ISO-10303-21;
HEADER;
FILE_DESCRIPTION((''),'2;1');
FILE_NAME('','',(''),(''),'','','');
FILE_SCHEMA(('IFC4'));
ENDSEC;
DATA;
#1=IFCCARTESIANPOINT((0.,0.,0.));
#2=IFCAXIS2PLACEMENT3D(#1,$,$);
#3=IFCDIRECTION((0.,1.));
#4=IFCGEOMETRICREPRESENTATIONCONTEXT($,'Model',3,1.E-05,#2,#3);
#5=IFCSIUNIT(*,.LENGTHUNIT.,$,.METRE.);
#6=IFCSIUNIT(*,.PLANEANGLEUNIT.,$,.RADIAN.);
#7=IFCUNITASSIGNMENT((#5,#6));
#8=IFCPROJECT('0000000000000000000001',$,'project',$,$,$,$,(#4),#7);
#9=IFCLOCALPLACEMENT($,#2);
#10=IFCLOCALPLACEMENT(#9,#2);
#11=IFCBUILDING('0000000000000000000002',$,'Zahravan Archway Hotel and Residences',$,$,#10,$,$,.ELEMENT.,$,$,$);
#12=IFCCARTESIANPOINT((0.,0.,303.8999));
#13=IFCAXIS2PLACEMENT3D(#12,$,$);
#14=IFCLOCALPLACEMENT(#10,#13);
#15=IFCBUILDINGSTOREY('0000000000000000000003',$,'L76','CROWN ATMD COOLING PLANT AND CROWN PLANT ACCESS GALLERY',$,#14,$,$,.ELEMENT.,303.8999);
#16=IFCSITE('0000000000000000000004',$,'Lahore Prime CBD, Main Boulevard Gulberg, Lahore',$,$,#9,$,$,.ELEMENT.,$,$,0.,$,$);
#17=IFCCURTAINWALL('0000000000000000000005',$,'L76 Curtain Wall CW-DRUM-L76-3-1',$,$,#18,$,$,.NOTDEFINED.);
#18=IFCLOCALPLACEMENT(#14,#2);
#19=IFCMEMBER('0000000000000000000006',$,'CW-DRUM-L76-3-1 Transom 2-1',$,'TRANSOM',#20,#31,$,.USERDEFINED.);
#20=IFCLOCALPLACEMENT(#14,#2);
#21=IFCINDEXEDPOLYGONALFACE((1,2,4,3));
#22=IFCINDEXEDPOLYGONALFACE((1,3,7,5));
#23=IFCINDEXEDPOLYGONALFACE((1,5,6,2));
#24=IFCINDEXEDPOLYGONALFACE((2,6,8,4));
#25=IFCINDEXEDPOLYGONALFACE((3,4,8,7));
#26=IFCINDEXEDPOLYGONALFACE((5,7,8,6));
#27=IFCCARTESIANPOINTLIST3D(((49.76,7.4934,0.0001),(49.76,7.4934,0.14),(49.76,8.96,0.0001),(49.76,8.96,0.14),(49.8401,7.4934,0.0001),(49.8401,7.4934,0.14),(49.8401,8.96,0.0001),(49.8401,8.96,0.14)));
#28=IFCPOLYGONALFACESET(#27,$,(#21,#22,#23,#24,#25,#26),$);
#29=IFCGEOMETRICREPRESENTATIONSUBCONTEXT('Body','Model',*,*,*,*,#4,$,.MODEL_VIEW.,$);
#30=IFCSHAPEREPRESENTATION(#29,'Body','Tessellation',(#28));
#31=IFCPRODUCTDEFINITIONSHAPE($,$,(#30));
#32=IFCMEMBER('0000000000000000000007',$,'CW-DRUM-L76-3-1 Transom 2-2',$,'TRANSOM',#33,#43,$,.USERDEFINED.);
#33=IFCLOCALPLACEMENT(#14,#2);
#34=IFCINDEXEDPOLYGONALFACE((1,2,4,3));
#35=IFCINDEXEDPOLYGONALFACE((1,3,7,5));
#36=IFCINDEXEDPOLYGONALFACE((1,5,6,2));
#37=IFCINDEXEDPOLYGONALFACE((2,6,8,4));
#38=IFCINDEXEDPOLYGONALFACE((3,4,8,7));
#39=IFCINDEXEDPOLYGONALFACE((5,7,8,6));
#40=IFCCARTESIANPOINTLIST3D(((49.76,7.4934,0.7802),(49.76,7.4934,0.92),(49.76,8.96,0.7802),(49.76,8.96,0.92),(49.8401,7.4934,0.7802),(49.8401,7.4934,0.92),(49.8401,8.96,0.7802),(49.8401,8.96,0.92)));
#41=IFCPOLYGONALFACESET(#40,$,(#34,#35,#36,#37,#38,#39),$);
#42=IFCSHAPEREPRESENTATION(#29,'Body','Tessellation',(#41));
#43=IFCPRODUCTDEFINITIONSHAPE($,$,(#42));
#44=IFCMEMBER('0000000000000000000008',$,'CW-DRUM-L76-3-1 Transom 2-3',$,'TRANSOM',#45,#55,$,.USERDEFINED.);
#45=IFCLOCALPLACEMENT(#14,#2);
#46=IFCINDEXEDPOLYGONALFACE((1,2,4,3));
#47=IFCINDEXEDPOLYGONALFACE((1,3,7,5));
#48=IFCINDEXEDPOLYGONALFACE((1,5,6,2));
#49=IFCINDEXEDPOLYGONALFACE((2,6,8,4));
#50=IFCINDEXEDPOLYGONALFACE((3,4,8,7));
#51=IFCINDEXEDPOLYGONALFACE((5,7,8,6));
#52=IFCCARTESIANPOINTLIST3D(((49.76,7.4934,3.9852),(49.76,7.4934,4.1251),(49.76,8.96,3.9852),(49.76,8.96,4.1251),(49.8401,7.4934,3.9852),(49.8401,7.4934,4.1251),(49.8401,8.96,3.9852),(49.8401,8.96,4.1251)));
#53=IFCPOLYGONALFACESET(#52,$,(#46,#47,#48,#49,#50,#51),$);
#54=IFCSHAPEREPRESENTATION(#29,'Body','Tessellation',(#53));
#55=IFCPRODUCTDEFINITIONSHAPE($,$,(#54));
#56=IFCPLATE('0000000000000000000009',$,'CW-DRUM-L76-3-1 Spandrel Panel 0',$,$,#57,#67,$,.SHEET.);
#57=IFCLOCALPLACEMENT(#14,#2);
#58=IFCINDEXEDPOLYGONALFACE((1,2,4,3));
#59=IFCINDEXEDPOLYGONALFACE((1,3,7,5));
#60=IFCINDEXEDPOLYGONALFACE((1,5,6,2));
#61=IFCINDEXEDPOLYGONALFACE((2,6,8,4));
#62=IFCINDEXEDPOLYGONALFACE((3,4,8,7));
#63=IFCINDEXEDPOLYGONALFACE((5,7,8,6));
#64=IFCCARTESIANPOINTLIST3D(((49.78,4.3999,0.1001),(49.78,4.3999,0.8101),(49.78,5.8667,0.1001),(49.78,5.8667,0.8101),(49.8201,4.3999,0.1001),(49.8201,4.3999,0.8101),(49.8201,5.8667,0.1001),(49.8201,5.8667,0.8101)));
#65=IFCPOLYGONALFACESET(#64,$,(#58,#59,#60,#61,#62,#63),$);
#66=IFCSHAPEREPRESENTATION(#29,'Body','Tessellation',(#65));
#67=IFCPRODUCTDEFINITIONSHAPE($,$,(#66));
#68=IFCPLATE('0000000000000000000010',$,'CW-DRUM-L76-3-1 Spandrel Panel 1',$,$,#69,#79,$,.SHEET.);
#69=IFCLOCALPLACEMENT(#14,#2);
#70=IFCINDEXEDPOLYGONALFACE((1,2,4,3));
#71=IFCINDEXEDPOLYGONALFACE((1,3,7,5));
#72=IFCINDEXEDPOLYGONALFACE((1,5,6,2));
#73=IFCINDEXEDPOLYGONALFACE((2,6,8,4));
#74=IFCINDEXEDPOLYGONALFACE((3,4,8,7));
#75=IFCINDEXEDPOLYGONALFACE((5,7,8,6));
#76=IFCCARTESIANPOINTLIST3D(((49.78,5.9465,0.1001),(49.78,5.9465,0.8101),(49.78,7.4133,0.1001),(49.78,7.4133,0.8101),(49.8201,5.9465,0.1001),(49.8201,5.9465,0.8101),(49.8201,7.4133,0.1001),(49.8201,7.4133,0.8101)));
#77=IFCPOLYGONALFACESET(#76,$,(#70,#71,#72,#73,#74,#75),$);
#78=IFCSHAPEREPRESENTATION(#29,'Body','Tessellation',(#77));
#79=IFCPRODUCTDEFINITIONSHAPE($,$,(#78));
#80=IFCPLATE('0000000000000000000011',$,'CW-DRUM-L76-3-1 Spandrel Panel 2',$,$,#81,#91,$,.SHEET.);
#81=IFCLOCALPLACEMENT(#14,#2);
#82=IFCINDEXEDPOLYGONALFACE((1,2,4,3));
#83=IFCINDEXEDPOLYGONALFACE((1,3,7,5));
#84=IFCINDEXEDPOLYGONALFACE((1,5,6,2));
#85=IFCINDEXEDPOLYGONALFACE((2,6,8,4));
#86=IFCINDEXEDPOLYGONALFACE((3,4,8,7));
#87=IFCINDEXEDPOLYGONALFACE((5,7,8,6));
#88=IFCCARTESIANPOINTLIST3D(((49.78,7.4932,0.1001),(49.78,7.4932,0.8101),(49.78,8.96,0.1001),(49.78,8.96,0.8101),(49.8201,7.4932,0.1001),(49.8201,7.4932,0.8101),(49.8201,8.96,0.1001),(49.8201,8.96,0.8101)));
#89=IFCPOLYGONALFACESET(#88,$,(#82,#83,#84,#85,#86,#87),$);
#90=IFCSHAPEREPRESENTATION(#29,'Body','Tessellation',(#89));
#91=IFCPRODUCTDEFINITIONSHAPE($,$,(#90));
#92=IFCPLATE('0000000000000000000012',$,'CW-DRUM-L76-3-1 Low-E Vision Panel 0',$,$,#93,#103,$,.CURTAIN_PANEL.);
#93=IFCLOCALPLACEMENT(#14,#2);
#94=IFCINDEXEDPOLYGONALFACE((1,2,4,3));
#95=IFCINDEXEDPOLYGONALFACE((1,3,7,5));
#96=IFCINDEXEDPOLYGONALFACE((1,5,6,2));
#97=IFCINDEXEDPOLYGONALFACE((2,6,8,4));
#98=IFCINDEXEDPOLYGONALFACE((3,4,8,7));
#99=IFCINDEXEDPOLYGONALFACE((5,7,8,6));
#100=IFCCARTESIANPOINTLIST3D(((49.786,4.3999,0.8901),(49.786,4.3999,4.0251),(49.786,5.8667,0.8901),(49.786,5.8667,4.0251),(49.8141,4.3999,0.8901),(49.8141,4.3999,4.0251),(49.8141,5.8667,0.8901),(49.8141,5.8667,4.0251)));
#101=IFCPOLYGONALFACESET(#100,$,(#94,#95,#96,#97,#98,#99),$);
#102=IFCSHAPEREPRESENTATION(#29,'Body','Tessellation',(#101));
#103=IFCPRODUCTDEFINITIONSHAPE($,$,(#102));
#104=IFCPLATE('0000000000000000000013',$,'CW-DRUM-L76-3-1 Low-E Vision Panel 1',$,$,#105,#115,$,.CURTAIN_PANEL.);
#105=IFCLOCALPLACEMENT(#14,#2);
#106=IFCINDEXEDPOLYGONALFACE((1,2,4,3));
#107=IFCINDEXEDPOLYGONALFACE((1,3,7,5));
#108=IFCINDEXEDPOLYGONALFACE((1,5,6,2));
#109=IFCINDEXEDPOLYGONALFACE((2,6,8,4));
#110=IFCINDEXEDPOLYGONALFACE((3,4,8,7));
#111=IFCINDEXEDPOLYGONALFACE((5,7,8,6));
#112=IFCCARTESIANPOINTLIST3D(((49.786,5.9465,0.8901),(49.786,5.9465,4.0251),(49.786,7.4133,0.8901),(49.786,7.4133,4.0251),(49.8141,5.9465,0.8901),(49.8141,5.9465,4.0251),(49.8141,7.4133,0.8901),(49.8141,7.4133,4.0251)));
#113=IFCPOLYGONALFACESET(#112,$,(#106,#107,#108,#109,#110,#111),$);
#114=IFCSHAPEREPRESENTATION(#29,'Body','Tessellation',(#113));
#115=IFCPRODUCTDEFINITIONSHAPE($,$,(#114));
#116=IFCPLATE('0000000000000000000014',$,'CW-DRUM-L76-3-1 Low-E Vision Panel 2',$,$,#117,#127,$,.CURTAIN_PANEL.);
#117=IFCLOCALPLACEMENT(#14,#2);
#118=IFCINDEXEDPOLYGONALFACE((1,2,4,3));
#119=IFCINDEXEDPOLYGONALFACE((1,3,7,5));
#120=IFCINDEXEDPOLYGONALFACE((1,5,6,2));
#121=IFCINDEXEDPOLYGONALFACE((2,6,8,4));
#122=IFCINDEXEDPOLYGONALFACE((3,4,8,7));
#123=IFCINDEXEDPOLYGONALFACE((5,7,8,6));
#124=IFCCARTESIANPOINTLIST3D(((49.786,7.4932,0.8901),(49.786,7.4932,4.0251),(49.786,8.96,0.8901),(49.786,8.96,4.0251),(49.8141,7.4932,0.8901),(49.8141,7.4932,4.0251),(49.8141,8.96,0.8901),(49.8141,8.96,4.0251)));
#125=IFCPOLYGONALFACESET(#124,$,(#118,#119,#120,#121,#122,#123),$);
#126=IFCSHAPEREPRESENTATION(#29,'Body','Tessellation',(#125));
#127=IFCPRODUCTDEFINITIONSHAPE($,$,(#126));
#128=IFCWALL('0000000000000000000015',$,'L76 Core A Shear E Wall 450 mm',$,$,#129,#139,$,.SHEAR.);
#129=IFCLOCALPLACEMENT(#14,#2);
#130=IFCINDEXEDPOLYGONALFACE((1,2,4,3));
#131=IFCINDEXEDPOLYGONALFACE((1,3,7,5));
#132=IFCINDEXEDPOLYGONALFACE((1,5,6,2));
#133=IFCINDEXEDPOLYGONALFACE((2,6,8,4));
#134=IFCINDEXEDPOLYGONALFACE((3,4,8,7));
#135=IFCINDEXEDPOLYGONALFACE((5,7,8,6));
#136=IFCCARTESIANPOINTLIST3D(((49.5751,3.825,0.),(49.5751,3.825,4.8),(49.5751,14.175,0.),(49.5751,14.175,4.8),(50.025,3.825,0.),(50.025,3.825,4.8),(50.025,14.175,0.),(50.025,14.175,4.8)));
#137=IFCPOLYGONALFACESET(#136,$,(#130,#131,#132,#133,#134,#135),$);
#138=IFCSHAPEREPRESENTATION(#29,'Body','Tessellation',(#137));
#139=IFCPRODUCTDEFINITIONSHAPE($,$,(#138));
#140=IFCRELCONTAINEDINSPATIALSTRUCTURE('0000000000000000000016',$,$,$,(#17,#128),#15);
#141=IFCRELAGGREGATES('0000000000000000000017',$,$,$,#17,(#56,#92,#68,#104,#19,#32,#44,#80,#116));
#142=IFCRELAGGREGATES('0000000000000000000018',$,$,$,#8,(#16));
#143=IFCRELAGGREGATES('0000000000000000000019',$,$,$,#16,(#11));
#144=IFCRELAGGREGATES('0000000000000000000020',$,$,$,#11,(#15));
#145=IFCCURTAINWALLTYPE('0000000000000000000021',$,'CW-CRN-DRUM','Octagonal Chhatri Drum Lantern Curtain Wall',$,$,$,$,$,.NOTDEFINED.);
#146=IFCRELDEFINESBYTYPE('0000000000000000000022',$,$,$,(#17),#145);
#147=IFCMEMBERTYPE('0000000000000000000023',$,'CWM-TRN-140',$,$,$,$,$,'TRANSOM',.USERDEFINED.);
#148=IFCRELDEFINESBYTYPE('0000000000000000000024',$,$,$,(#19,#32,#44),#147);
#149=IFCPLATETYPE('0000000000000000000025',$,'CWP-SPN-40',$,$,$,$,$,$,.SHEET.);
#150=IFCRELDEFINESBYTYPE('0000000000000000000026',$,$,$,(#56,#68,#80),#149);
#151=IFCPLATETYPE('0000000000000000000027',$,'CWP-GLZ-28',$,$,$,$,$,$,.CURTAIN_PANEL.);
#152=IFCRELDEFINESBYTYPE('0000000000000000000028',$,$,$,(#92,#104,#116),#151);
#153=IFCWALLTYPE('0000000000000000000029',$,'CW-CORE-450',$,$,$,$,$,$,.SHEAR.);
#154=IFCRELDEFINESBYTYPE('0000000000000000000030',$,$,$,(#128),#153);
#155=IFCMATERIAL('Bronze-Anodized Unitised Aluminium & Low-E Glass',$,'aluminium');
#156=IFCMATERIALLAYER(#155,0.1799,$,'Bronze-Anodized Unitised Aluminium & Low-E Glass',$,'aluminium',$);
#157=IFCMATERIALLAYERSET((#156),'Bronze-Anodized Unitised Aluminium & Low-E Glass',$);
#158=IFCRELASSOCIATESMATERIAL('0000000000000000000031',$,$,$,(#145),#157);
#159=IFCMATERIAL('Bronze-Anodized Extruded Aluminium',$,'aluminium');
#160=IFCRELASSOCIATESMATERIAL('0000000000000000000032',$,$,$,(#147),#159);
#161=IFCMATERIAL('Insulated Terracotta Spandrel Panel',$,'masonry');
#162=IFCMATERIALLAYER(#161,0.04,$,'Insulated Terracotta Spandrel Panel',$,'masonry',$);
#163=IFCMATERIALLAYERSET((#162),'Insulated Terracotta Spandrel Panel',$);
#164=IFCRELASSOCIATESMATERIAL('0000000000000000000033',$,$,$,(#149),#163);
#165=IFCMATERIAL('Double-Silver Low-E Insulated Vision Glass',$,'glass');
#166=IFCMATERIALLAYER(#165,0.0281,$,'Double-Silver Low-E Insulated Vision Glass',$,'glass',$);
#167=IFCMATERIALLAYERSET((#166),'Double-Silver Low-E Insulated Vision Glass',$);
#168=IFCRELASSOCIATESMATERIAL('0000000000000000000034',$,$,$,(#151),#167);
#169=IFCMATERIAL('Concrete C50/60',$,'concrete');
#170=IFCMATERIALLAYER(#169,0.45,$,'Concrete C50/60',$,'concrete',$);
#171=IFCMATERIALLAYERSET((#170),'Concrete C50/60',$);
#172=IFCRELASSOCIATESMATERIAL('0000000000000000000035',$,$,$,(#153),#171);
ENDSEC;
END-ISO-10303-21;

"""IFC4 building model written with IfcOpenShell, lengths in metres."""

from ifc_helpers import new_model, si_unit, direction, frame, frame_2d, origin, origin_2d, place, context, subcontext, project, spatial, rectangle, extrude, source, transform, mapped, material, layer, layer_set, material_profile, profile_set, type_object, element, aggregate, save


model = new_model("IFC4")

# Units and contexts
model_context = context("Model", 3, precision=1e-05, world=origin(), true_north=direction((0.0, 1.0)))
body_context = subcontext(model_context, "Body", "Model", "MODEL_VIEW")
ifc_project = project(units=[si_unit("LENGTHUNIT", "METRE"), si_unit("PLANEANGLEUNIT", "RADIAN")], contexts=[model_context])

# Site, building, storey
site_placement = place(None, origin())
site = spatial("IfcSite", under=ifc_project, at=site_placement, Name="Lahore Prime CBD, Main Boulevard Gulberg, Lahore", CompositionType="ELEMENT", RefElevation=0.0)
building_placement = place(site_placement, origin())
building = spatial("IfcBuilding", under=site, at=building_placement, Name="Zahravan Archway Hotel and Residences", CompositionType="ELEMENT")
storey_placement = place(building_placement, frame((0.0, 0.0, 303.8999)))
storey = spatial("IfcBuildingStorey", under=building, at=storey_placement, Name="L76", Description="CROWN ATMD COOLING PLANT AND CROWN PLANT ACCESS GALLERY", CompositionType="ELEMENT", Elevation=303.8999)

# Curtain wall, members, plates
ifc_material_1 = material(Name="Bronze-Anodized Unitised Aluminium & Low-E Glass", Category="aluminium")
ifc_layer_1 = layer(ifc_material_1, 0.1799, Name="Bronze-Anodized Unitised Aluminium & Low-E Glass", Category="aluminium")
ifc_layer_set_1 = layer_set([ifc_layer_1], Name="Bronze-Anodized Unitised Aluminium & Low-E Glass")
curtain_wall_type = type_object("IfcCurtainWallType", Name="CW-CRN-DRUM", Description="Octagonal Chhatri Drum Lantern Curtain Wall", PredefinedType="NOTDEFINED", material=ifc_layer_set_1)
curtain_wall_placement = place(storey_placement, origin())
curtain_wall = element("IfcCurtainWall", 1, at=curtain_wall_placement, inside=storey, type_object=curtain_wall_type, Name="L76 Curtain Wall CW-DRUM-L76-3-1", PredefinedType="NOTDEFINED")
ifc_material_2 = material(Name="Bronze-Anodized Extruded Aluminium", Category="aluminium")
ifc_material_profile_1 = material_profile(ifc_material_2, rectangle(XDim=0.0801, YDim=0.1399, at=origin_2d()), Name="TRN 80x140", Category="aluminium")
ifc_profile_set_1 = profile_set([ifc_material_profile_1], Name="Bronze-Anodized Extruded Aluminium")
member_type_1 = type_object("IfcMemberType", Name="CWM-TRN-140", ElementType="TRANSOM", PredefinedType="USERDEFINED", material=ifc_profile_set_1)
shared_shape_1 = source(origin(), body_context, "Body", "SweptSolid", [
    extrude(rectangle(XDim=0.0801, YDim=0.1399, at=origin_2d()), origin(), (0.0, 0.0, 1.0), 1.4666),
])
member_1_placement = place(storey_placement, frame((49.8, 7.4934, 0.0701), z_axis=(0.0, 1.0, 0.0), x_axis=(-1.0, 0.0, 0.0)))
member_1 = element("IfcMember", 2, at=member_1_placement, type_object=member_type_1, Name="CW-DRUM-L76-3-1 Transom 2-1", ObjectType="TRANSOM", PredefinedType="USERDEFINED", context=body_context, shape_type="MappedRepresentation", body=[
    mapped(shared_shape_1, transform((0.0, 0.0, 0.0), scale=1.0)),
])
member_2_placement = place(storey_placement, frame((49.8, 7.4934, 0.8501), z_axis=(0.0, 1.0, 0.0), x_axis=(-1.0, 0.0, 0.0)))
member_2 = element("IfcMember", 3, at=member_2_placement, type_object=member_type_1, Name="CW-DRUM-L76-3-1 Transom 2-2", ObjectType="TRANSOM", PredefinedType="USERDEFINED", context=body_context, shape_type="MappedRepresentation", body=[
    mapped(shared_shape_1, transform((0.0, 0.0, 0.0), scale=1.0)),
])
member_3_placement = place(storey_placement, frame((49.8, 7.4934, 4.0552), z_axis=(0.0, 1.0, 0.0), x_axis=(-1.0, 0.0, 0.0)))
member_3 = element("IfcMember", 4, at=member_3_placement, type_object=member_type_1, Name="CW-DRUM-L76-3-1 Transom 2-3", ObjectType="TRANSOM", PredefinedType="USERDEFINED", context=body_context, shape_type="MappedRepresentation", body=[
    mapped(shared_shape_1, transform((0.0, 0.0, 0.0), scale=1.0)),
])
ifc_material_3 = material(Name="Insulated Terracotta Spandrel Panel", Category="masonry")
ifc_layer_2 = layer(ifc_material_3, 0.04, Name="Insulated Terracotta Spandrel Panel", Category="masonry")
ifc_layer_set_2 = layer_set([ifc_layer_2], Name="Insulated Terracotta Spandrel Panel")
plate_type_1 = type_object("IfcPlateType", Name="CWP-SPN-40", PredefinedType="SHEET", material=ifc_layer_set_2)
shared_shape_2 = source(origin(), body_context, "Body", "SweptSolid", [
    extrude(rectangle(XDim=1.4668, YDim=0.04, at=origin_2d()), origin(), (0.0, 0.0, 1.0), 0.71),
])
plate_1_placement = place(storey_placement, frame((49.8, 5.1333, 0.1001), z_axis=(0.0, 0.0, 1.0), x_axis=(0.0, 1.0, 0.0)))
plate_1 = element("IfcPlate", 5, at=plate_1_placement, type_object=plate_type_1, Name="CW-DRUM-L76-3-1 Spandrel Panel 0", PredefinedType="SHEET", context=body_context, shape_type="MappedRepresentation", body=[
    mapped(shared_shape_2, transform((0.0, 0.0, 0.0), scale=1.0)),
])
plate_2_placement = place(storey_placement, frame((49.8, 6.6799, 0.1001), z_axis=(0.0, 0.0, 1.0), x_axis=(0.0, 1.0, 0.0)))
plate_2 = element("IfcPlate", 6, at=plate_2_placement, type_object=plate_type_1, Name="CW-DRUM-L76-3-1 Spandrel Panel 1", PredefinedType="SHEET", context=body_context, shape_type="MappedRepresentation", body=[
    mapped(shared_shape_2, transform((0.0, 0.0, 0.0), scale=1.0)),
])
plate_3_placement = place(storey_placement, frame((49.8, 8.2266, 0.1001), z_axis=(0.0, 0.0, 1.0), x_axis=(0.0, 1.0, 0.0)))
plate_3 = element("IfcPlate", 7, at=plate_3_placement, type_object=plate_type_1, Name="CW-DRUM-L76-3-1 Spandrel Panel 2", PredefinedType="SHEET", context=body_context, shape_type="MappedRepresentation", body=[
    mapped(shared_shape_2, transform((0.0, 0.0, 0.0), scale=1.0)),
])
ifc_material_4 = material(Name="Double-Silver Low-E Insulated Vision Glass", Category="glass")
ifc_layer_3 = layer(ifc_material_4, 0.0281, Name="Double-Silver Low-E Insulated Vision Glass", Category="glass")
ifc_layer_set_3 = layer_set([ifc_layer_3], Name="Double-Silver Low-E Insulated Vision Glass")
plate_type_2 = type_object("IfcPlateType", Name="CWP-GLZ-28", PredefinedType="CURTAIN_PANEL", material=ifc_layer_set_3)
shared_shape_3 = source(origin(), body_context, "Body", "SweptSolid", [
    extrude(rectangle(XDim=1.4668, YDim=0.0281, at=origin_2d()), origin(), (0.0, 0.0, 1.0), 3.135),
])
plate_4_placement = place(storey_placement, frame((49.8, 5.1333, 0.8901), z_axis=(0.0, 0.0, 1.0), x_axis=(0.0, 1.0, 0.0)))
plate_4 = element("IfcPlate", 8, at=plate_4_placement, type_object=plate_type_2, Name="CW-DRUM-L76-3-1 Low-E Vision Panel 0", PredefinedType="CURTAIN_PANEL", context=body_context, shape_type="MappedRepresentation", body=[
    mapped(shared_shape_3, transform((0.0, 0.0, 0.0), scale=1.0)),
])
plate_5_placement = place(storey_placement, frame((49.8, 6.6799, 0.8901), z_axis=(0.0, 0.0, 1.0), x_axis=(0.0, 1.0, 0.0)))
plate_5 = element("IfcPlate", 9, at=plate_5_placement, type_object=plate_type_2, Name="CW-DRUM-L76-3-1 Low-E Vision Panel 1", PredefinedType="CURTAIN_PANEL", context=body_context, shape_type="MappedRepresentation", body=[
    mapped(shared_shape_3, transform((0.0, 0.0, 0.0), scale=1.0)),
])
plate_6_placement = place(storey_placement, frame((49.8, 8.2266, 0.8901), z_axis=(0.0, 0.0, 1.0), x_axis=(0.0, 1.0, 0.0)))
plate_6 = element("IfcPlate", 10, at=plate_6_placement, type_object=plate_type_2, Name="CW-DRUM-L76-3-1 Low-E Vision Panel 2", PredefinedType="CURTAIN_PANEL", context=body_context, shape_type="MappedRepresentation", body=[
    mapped(shared_shape_3, transform((0.0, 0.0, 0.0), scale=1.0)),
])
aggregate(curtain_wall, [plate_1, plate_4, plate_2, plate_5, member_1, member_2, member_3, plate_3, plate_6])

# Wall
ifc_material_5 = material(Name="Concrete C50/60", Category="concrete")
ifc_layer_4 = layer(ifc_material_5, 0.45, Name="Concrete C50/60", Category="concrete")
ifc_layer_set_4 = layer_set([ifc_layer_4], Name="Concrete C50/60")
wall_type = type_object("IfcWallType", Name="CW-CORE-450", PredefinedType="SHEAR", material=ifc_layer_set_4)
wall_placement = place(storey_placement, frame((49.8, 3.825, 0.0), z_axis=(0.0, 0.0, 1.0), x_axis=(0.0, 1.0, 0.0)))
element("IfcWall", 11, at=wall_placement, inside=storey, type_object=wall_type, Name="L76 Core A Shear E Wall 450 mm", PredefinedType="SHEAR", context=body_context, shape_type="SweptSolid", body=[
    extrude(rectangle(XDim=10.3501, YDim=0.45, at=frame_2d((5.175, 0.0))), origin(), (0.0, 0.0, 1.0), 4.8),
])

save(model, "model.ifc")
